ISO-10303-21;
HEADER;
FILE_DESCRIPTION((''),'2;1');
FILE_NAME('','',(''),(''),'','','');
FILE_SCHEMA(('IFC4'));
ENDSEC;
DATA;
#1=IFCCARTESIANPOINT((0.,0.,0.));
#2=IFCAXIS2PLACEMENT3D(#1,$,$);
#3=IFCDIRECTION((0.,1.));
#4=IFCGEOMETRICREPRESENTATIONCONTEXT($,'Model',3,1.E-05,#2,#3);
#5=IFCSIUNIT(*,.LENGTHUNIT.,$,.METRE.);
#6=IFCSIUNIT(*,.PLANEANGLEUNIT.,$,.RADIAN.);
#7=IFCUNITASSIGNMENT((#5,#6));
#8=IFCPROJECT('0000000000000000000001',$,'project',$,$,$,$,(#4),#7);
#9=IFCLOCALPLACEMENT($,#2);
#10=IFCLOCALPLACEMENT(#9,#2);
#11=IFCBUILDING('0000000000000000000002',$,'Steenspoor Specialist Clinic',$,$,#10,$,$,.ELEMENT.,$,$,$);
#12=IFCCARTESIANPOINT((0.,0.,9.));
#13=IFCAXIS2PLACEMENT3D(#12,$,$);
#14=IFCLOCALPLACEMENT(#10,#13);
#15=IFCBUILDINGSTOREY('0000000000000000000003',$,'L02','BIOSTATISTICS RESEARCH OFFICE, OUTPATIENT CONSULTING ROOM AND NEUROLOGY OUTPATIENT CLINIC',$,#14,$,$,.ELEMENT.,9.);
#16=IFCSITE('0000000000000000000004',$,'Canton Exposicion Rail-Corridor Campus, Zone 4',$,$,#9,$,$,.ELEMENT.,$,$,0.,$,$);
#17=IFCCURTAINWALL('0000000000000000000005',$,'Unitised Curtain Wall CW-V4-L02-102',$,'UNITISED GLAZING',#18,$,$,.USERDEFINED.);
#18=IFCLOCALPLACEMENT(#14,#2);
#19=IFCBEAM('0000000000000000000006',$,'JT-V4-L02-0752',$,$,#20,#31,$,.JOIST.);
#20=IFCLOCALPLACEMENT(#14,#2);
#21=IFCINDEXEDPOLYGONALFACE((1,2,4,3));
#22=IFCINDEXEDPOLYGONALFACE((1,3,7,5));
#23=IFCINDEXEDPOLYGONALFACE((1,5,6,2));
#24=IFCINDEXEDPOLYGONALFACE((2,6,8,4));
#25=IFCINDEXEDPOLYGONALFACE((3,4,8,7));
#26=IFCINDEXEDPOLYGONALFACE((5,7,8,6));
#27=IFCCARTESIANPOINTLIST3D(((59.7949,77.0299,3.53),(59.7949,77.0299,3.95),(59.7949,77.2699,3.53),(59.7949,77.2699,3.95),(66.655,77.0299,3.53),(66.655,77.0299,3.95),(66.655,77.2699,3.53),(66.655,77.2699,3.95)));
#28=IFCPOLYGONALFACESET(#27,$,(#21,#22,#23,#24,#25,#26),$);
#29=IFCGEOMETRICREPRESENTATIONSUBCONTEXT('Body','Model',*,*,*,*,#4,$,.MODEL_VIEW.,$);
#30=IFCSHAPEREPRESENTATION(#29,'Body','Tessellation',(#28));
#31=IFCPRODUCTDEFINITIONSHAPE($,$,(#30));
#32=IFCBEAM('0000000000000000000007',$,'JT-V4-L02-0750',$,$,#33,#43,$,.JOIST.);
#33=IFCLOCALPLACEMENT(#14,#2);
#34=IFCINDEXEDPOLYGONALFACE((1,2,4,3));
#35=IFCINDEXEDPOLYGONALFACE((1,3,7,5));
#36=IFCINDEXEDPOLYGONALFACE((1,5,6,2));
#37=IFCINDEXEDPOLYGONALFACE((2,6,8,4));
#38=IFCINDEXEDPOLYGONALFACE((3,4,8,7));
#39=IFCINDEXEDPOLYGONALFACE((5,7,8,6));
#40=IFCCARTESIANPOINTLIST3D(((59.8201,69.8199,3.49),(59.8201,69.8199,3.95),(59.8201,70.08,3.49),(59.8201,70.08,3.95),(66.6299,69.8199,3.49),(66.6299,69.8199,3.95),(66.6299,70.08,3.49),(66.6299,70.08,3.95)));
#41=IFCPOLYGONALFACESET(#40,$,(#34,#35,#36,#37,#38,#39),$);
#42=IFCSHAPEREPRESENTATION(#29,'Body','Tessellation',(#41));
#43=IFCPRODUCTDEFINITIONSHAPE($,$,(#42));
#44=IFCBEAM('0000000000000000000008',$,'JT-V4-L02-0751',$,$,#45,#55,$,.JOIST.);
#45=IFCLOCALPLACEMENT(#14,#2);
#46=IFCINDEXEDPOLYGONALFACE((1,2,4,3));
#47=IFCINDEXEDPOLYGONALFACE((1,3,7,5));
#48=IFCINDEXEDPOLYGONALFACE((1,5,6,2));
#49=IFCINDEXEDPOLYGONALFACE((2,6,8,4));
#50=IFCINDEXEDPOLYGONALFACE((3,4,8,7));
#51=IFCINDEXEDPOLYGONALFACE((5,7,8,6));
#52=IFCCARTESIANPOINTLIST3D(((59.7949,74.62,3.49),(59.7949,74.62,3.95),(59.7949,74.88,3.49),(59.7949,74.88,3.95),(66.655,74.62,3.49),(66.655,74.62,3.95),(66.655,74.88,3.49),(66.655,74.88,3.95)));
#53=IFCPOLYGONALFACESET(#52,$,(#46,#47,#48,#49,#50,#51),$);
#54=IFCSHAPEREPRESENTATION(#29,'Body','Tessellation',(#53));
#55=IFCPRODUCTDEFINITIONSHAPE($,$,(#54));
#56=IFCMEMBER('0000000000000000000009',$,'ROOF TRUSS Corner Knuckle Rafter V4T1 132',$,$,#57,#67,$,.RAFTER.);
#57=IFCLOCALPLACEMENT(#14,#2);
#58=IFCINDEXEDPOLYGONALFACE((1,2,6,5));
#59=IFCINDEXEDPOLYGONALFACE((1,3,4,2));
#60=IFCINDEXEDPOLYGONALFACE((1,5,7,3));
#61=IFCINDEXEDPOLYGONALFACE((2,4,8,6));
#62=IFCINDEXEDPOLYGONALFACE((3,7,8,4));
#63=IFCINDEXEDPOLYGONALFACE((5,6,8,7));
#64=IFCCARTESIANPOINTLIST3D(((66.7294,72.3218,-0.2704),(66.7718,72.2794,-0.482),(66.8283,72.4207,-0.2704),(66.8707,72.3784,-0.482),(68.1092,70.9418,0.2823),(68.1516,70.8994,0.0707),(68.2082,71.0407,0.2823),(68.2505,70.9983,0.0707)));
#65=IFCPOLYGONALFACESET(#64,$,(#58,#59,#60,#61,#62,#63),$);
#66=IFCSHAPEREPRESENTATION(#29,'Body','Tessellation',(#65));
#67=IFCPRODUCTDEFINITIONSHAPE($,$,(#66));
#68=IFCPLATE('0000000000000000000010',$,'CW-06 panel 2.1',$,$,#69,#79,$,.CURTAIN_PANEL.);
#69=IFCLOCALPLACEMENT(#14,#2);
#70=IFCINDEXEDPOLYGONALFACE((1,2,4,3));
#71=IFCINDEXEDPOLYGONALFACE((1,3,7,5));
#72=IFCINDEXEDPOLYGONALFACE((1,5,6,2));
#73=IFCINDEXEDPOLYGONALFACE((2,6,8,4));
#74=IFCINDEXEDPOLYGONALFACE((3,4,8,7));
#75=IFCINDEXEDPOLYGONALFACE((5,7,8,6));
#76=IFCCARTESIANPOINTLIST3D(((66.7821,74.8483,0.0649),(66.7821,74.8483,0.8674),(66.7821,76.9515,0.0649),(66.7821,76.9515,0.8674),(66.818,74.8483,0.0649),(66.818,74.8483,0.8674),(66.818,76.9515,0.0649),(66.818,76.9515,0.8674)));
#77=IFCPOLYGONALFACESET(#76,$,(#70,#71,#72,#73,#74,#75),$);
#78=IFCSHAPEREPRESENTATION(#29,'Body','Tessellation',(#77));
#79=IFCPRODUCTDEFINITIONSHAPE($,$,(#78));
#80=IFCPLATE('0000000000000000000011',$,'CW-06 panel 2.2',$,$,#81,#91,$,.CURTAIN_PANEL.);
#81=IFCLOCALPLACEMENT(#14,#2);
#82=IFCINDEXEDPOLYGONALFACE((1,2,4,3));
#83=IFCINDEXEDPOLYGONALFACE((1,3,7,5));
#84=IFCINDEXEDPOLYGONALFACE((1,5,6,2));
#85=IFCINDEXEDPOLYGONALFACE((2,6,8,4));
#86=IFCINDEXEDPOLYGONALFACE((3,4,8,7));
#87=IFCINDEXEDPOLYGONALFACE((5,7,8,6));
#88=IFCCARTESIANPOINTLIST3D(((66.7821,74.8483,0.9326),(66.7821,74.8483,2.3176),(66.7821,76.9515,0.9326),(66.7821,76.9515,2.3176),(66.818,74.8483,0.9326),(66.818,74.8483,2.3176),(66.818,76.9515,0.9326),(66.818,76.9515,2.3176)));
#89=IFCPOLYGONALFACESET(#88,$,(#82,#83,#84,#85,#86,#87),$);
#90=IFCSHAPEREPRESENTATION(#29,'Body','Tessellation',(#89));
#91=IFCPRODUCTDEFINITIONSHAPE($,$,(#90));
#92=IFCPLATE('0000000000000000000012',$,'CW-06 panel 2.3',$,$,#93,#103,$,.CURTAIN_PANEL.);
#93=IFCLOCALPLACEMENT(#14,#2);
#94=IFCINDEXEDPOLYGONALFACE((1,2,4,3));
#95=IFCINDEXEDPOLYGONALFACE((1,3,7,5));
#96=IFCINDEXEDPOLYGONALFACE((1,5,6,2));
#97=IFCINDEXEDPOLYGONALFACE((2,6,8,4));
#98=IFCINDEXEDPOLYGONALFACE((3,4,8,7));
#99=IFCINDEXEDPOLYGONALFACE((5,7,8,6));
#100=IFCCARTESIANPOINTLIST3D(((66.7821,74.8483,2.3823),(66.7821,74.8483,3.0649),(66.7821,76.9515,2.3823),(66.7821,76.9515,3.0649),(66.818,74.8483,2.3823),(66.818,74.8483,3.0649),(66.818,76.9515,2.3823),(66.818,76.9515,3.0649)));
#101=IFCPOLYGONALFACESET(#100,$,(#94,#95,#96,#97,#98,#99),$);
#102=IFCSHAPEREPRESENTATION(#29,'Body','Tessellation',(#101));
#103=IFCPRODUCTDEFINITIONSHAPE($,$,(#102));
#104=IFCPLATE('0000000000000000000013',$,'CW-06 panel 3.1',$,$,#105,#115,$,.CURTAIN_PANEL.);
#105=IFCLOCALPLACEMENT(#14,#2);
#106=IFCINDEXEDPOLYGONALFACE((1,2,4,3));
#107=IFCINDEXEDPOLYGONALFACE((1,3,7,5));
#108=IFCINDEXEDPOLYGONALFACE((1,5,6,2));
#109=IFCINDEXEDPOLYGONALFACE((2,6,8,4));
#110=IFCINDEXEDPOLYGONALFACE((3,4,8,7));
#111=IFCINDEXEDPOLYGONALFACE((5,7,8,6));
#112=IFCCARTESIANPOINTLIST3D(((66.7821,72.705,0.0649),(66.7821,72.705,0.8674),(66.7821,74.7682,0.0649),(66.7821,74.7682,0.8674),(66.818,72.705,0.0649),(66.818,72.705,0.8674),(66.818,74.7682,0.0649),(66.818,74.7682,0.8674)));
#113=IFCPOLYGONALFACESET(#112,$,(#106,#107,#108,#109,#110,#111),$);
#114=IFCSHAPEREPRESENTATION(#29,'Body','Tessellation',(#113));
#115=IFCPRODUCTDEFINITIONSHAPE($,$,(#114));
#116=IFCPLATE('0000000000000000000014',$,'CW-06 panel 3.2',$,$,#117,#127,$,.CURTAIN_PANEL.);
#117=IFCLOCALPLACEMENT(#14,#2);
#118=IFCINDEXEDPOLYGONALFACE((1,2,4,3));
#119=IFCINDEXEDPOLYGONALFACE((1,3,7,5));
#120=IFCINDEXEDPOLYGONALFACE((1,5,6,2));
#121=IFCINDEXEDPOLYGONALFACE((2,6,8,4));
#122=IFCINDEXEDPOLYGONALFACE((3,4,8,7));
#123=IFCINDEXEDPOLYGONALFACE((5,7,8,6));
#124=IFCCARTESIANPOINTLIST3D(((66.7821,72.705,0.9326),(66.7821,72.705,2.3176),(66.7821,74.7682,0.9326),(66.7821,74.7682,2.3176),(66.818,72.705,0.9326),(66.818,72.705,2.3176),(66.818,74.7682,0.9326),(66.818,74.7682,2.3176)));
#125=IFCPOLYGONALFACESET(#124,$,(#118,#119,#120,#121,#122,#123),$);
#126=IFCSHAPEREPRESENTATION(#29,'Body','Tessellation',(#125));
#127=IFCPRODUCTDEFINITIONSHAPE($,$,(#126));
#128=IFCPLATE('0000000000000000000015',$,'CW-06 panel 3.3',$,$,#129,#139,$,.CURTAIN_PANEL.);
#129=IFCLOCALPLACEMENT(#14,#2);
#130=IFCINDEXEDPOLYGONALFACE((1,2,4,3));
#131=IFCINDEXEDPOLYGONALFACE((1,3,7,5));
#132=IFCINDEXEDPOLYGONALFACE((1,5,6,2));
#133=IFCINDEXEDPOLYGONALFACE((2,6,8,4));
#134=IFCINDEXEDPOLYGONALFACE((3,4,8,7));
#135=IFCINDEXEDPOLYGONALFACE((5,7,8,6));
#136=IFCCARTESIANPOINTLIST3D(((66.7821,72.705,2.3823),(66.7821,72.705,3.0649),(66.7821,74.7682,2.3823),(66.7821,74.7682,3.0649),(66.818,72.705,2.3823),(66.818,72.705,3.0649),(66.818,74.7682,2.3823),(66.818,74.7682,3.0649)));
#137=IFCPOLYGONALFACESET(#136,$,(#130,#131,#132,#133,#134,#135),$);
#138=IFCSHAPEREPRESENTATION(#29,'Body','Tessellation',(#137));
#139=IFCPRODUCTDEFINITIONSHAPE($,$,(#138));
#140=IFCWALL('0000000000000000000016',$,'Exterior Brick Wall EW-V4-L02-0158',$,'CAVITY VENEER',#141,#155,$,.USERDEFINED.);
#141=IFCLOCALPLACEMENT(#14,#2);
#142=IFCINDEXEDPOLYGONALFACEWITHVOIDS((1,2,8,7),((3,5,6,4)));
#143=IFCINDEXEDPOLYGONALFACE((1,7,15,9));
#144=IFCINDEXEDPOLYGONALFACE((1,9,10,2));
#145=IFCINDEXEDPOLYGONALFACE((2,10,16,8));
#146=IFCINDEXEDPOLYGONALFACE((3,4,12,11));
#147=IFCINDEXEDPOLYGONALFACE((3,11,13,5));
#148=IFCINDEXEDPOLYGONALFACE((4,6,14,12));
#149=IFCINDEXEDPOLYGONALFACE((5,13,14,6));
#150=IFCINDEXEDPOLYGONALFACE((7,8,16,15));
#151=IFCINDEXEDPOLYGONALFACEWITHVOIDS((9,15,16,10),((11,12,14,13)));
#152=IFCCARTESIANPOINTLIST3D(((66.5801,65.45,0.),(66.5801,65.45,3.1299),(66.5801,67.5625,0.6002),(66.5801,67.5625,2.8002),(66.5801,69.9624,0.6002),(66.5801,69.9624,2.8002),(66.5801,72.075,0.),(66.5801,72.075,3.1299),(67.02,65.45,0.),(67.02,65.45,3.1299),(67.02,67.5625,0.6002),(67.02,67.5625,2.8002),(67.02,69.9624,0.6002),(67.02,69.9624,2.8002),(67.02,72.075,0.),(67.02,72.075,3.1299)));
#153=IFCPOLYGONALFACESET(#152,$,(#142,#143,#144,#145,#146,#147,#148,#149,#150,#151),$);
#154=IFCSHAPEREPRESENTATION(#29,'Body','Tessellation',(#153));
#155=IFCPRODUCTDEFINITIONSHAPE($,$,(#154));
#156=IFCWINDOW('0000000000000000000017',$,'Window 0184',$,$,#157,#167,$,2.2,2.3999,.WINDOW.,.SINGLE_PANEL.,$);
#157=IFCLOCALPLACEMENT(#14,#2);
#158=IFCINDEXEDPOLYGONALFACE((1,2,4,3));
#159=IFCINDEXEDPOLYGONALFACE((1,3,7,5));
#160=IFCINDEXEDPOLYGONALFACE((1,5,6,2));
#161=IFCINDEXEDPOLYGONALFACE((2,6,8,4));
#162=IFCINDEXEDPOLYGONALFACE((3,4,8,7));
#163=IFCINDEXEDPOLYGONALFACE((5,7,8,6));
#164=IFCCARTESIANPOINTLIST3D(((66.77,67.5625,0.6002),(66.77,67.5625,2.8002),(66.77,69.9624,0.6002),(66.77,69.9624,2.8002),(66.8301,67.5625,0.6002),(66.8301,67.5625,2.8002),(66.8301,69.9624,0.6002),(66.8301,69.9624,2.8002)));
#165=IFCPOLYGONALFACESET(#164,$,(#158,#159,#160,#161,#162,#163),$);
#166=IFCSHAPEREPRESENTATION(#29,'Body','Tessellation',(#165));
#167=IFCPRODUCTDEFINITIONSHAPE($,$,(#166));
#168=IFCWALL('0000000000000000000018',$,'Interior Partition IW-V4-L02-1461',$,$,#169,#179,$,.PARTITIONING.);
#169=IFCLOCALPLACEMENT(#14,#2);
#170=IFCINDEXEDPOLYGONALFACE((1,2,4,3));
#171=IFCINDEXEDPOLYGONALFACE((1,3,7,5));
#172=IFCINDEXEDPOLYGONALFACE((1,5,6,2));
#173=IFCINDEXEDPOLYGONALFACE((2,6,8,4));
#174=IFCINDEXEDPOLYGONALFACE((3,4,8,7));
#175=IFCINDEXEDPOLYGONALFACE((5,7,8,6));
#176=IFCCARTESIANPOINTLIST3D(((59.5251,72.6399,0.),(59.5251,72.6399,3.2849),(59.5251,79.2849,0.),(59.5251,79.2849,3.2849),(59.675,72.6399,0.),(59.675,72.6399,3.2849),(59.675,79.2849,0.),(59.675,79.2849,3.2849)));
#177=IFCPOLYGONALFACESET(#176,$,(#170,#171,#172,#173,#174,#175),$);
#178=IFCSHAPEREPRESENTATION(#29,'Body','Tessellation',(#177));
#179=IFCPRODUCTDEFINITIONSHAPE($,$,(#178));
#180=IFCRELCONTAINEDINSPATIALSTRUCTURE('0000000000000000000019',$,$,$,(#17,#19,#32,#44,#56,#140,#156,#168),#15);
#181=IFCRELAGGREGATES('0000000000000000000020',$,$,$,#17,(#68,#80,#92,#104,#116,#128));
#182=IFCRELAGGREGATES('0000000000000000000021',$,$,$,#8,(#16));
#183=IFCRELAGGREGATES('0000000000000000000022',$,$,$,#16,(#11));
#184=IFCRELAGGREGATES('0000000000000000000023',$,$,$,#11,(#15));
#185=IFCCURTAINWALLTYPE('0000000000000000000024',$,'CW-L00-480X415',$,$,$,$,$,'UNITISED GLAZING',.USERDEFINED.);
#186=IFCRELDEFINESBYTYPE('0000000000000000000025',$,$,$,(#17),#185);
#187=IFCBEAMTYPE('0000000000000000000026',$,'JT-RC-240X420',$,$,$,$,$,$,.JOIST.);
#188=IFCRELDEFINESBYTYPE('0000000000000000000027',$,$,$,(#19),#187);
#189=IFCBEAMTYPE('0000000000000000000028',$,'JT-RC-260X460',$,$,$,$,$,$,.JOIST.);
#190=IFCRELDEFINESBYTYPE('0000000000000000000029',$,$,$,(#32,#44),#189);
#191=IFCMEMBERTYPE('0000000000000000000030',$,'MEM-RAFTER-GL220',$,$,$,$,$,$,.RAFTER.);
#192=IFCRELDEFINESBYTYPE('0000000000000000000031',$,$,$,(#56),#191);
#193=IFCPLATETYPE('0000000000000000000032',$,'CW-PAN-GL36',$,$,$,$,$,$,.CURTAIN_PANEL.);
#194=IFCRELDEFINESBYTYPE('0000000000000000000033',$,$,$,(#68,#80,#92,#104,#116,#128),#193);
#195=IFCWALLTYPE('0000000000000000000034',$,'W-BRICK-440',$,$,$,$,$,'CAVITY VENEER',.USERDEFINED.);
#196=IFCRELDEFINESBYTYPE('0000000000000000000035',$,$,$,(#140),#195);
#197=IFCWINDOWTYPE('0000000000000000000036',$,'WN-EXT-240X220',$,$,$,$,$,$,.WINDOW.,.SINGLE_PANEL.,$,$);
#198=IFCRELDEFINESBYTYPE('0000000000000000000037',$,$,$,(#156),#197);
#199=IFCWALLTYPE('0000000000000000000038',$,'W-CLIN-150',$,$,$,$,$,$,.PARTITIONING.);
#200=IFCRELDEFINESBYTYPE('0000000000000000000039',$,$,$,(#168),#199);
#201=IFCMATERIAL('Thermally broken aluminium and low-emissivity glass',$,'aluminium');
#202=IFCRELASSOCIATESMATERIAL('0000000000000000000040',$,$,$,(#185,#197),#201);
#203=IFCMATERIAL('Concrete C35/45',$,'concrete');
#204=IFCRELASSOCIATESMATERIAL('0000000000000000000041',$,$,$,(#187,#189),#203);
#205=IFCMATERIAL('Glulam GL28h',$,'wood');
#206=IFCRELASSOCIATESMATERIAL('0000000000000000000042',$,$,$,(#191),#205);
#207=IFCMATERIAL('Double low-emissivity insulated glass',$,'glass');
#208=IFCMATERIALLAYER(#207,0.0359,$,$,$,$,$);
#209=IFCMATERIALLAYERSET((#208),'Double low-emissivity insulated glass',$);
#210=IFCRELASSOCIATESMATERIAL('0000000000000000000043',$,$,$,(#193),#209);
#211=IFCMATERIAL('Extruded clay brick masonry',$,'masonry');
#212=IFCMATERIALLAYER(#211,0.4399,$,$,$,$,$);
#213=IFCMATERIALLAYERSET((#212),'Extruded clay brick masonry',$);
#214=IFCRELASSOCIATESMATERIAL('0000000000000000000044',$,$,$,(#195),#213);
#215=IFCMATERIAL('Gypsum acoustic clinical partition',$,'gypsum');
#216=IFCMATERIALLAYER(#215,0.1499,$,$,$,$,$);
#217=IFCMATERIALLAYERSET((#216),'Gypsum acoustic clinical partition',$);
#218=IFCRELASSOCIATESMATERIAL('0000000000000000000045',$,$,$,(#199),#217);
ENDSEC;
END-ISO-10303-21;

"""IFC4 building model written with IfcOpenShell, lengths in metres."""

from ifc_helpers import new_model, si_unit, direction, frame, frame_2d, origin, origin_2d, place, context, subcontext, project, spatial, rectangle, extrude, material, layer, layer_set, material_profile, profile_set, type_object, element, fill, aggregate, save


model = new_model("IFC4")

# Units and contexts
model_context = context("Model", 3, precision=1e-05, world=origin(), true_north=direction((0.0, 1.0)))
body_context = subcontext(model_context, "Body", "Model", "MODEL_VIEW")
ifc_project = project(units=[si_unit("LENGTHUNIT", "METRE"), si_unit("PLANEANGLEUNIT", "RADIAN")], contexts=[model_context])

# Site, building, storey
site_placement = place(None, origin())
site = spatial("IfcSite", under=ifc_project, at=site_placement, Name="Canton Exposicion Rail-Corridor Campus, Zone 4", CompositionType="ELEMENT", RefElevation=0.0)
building_placement = place(site_placement, origin())
building = spatial("IfcBuilding", under=site, at=building_placement, Name="Steenspoor Specialist Clinic", CompositionType="ELEMENT")
storey_placement = place(building_placement, frame((0.0, 0.0, 9.0)))
storey = spatial("IfcBuildingStorey", under=building, at=storey_placement, Name="L02", Description="BIOSTATISTICS RESEARCH OFFICE, OUTPATIENT CONSULTING ROOM AND NEUROLOGY OUTPATIENT CLINIC", CompositionType="ELEMENT", Elevation=9.0)

# Shared definitions
ifc_material_1 = material(Name="Concrete C35/45", Category="concrete")

# Curtain wall
ifc_material_2 = material(Name="Thermally broken aluminium and low-emissivity glass", Category="aluminium")
curtain_wall_type = type_object("IfcCurtainWallType", Name="CW-L00-480X415", ElementType="UNITISED GLAZING", PredefinedType="USERDEFINED", material=ifc_material_2)
curtain_wall_placement = place(storey_placement, origin())
curtain_wall = element("IfcCurtainWall", 1, at=curtain_wall_placement, inside=storey, type_object=curtain_wall_type, Name="Unitised Curtain Wall CW-V4-L02-102", ObjectType="UNITISED GLAZING", PredefinedType="USERDEFINED")

# Beams
ifc_material_profile_1 = material_profile(ifc_material_1, rectangle(XDim=0.24, YDim=0.4199, at=origin_2d()), Name="RC-JT-240X420")
ifc_profile_set_1 = profile_set([ifc_material_profile_1], Name="Concrete C35/45")
beam_type_1 = type_object("IfcBeamType", Name="JT-RC-240X420", PredefinedType="JOIST", material=ifc_profile_set_1)
beam_1_placement = place(storey_placement, frame((59.7949, 77.1499, 3.74), z_axis=(1.0, 0.0, 0.0), x_axis=(0.0, 1.0, 0.0)))
element("IfcBeam", 2, at=beam_1_placement, inside=storey, type_object=beam_type_1, Name="JT-V4-L02-0752", PredefinedType="JOIST", context=body_context, shape_type="SweptSolid", body=[
    extrude(rectangle(XDim=0.24, YDim=0.4199, at=origin_2d()), origin(), (0.0, 0.0, 1.0), 6.8601),
])
ifc_material_profile_2 = material_profile(ifc_material_1, rectangle(XDim=0.26, YDim=0.46, at=origin_2d()), Name="RC-JT-260X460")
ifc_profile_set_2 = profile_set([ifc_material_profile_2], Name="Concrete C35/45")
beam_type_2 = type_object("IfcBeamType", Name="JT-RC-260X460", PredefinedType="JOIST", material=ifc_profile_set_2)
beam_2_placement = place(storey_placement, frame((59.8201, 69.95, 3.72), z_axis=(1.0, 0.0, 0.0), x_axis=(0.0, 1.0, 0.0)))
element("IfcBeam", 3, at=beam_2_placement, inside=storey, type_object=beam_type_2, Name="JT-V4-L02-0750", PredefinedType="JOIST", context=body_context, shape_type="SweptSolid", body=[
    extrude(rectangle(XDim=0.26, YDim=0.46, at=origin_2d()), origin(), (0.0, 0.0, 1.0), 6.8098),
])
beam_3_placement = place(storey_placement, frame((59.7949, 74.75, 3.72), z_axis=(1.0, 0.0, 0.0), x_axis=(0.0, 1.0, 0.0)))
element("IfcBeam", 4, at=beam_3_placement, inside=storey, type_object=beam_type_2, Name="JT-V4-L02-0751", PredefinedType="JOIST", context=body_context, shape_type="SweptSolid", body=[
    extrude(rectangle(XDim=0.26, YDim=0.46, at=origin_2d()), origin(), (0.0, 0.0, 1.0), 6.8601),
])

# Member
ifc_material_3 = material(Name="Glulam GL28h", Category="wood")
ifc_material_profile_3 = material_profile(ifc_material_3, rectangle(XDim=0.1399, YDim=0.22, at=origin_2d()), Name="GL28H-140X220")
ifc_profile_set_3 = profile_set([ifc_material_profile_3], Name="Glulam GL28h")
member_type_1 = type_object("IfcMemberType", Name="MEM-RAFTER-GL220", PredefinedType="RAFTER", material=ifc_profile_set_3)
member_1_placement = place(storey_placement, frame((66.8, 72.3501, -0.3762), z_axis=(0.680287, -0.680407, 0.2725), x_axis=(0.707169, 0.707044, 0.0)))
element("IfcMember", 5, at=member_1_placement, inside=storey, type_object=member_type_1, Name="ROOF TRUSS Corner Knuckle Rafter V4T1 132", PredefinedType="RAFTER", context=body_context, shape_type="SweptSolid", body=[
    extrude(rectangle(XDim=0.1399, YDim=0.22, at=origin_2d()), origin(), (0.0, 0.0, 1.0), 2.0283),
])

# Plates
ifc_material_4 = material(Name="Double low-emissivity insulated glass", Category="glass")
ifc_layer_1 = layer(ifc_material_4, 0.0359)
ifc_layer_set_1 = layer_set([ifc_layer_1], Name="Double low-emissivity insulated glass")
plate_type = type_object("IfcPlateType", Name="CW-PAN-GL36", PredefinedType="CURTAIN_PANEL", material=ifc_layer_set_1)
plate_1_placement = place(storey_placement, frame((66.8, 75.8999, 0.0649), z_axis=(0.0, 0.0, 1.0), x_axis=(0.0, -1.0, 0.0)))
plate_1 = element("IfcPlate", 6, at=plate_1_placement, type_object=plate_type, Name="CW-06 panel 2.1", PredefinedType="CURTAIN_PANEL", context=body_context, shape_type="SweptSolid", body=[
    extrude(rectangle(XDim=2.1033, YDim=0.0359, at=origin_2d()), origin(), (0.0, 0.0, 1.0), 0.8025),
])
plate_2_placement = place(storey_placement, frame((66.8, 75.8999, 0.9326), z_axis=(0.0, 0.0, 1.0), x_axis=(0.0, -1.0, 0.0)))
plate_2 = element("IfcPlate", 7, at=plate_2_placement, type_object=plate_type, Name="CW-06 panel 2.2", PredefinedType="CURTAIN_PANEL", context=body_context, shape_type="SweptSolid", body=[
    extrude(rectangle(XDim=2.1033, YDim=0.0359, at=origin_2d()), origin(), (0.0, 0.0, 1.0), 1.385),
])
plate_3_placement = place(storey_placement, frame((66.8, 75.8999, 2.3823), z_axis=(0.0, 0.0, 1.0), x_axis=(0.0, -1.0, 0.0)))
plate_3 = element("IfcPlate", 8, at=plate_3_placement, type_object=plate_type, Name="CW-06 panel 2.3", PredefinedType="CURTAIN_PANEL", context=body_context, shape_type="SweptSolid", body=[
    extrude(rectangle(XDim=2.1033, YDim=0.0359, at=origin_2d()), origin(), (0.0, 0.0, 1.0), 0.6826),
])
plate_4_placement = place(storey_placement, frame((66.8, 73.7366, 0.0649), z_axis=(0.0, 0.0, 1.0), x_axis=(0.0, -1.0, 0.0)))
plate_4 = element("IfcPlate", 9, at=plate_4_placement, type_object=plate_type, Name="CW-06 panel 3.1", PredefinedType="CURTAIN_PANEL", context=body_context, shape_type="SweptSolid", body=[
    extrude(rectangle(XDim=2.0632, YDim=0.0359, at=origin_2d()), origin(), (0.0, 0.0, 1.0), 0.8025),
])
plate_5_placement = place(storey_placement, frame((66.8, 73.7366, 0.9326), z_axis=(0.0, 0.0, 1.0), x_axis=(0.0, -1.0, 0.0)))
plate_5 = element("IfcPlate", 10, at=plate_5_placement, type_object=plate_type, Name="CW-06 panel 3.2", PredefinedType="CURTAIN_PANEL", context=body_context, shape_type="SweptSolid", body=[
    extrude(rectangle(XDim=2.0632, YDim=0.0359, at=origin_2d()), origin(), (0.0, 0.0, 1.0), 1.385),
])
plate_6_placement = place(storey_placement, frame((66.8, 73.7366, 2.3823), z_axis=(0.0, 0.0, 1.0), x_axis=(0.0, -1.0, 0.0)))
plate_6 = element("IfcPlate", 11, at=plate_6_placement, type_object=plate_type, Name="CW-06 panel 3.3", PredefinedType="CURTAIN_PANEL", context=body_context, shape_type="SweptSolid", body=[
    extrude(rectangle(XDim=2.0632, YDim=0.0359, at=origin_2d()), origin(), (0.0, 0.0, 1.0), 0.6826),
])
aggregate(curtain_wall, [plate_1, plate_2, plate_3, plate_4, plate_5, plate_6])

# Wall, opening, window
ifc_material_5 = material(Name="Extruded clay brick masonry", Category="masonry")
ifc_layer_2 = layer(ifc_material_5, 0.4399)
ifc_layer_set_2 = layer_set([ifc_layer_2], Name="Extruded clay brick masonry")
wall_type_1 = type_object("IfcWallType", Name="W-BRICK-440", ElementType="CAVITY VENEER", PredefinedType="USERDEFINED", material=ifc_layer_set_2)
wall_1_placement = place(storey_placement, frame((66.8, 72.075, 0.0), z_axis=(0.0, 0.0, 1.0), x_axis=(0.0, -1.0, 0.0)))
wall_1 = element("IfcWall", 12, at=wall_1_placement, inside=storey, type_object=wall_type_1, Name="Exterior Brick Wall EW-V4-L02-0158", ObjectType="CAVITY VENEER", PredefinedType="USERDEFINED", context=body_context, shape_type="SweptSolid", body=[
    extrude(rectangle(XDim=6.625, YDim=0.4399, at=frame_2d((3.3125, 0.0))), origin(), (0.0, 0.0, 1.0), 3.1299),
])
opening_placement = place(wall_1_placement, frame((2.1125, 0.0, 0.6001)))
opening = element("IfcOpeningElement", 13, at=opening_placement, cuts=wall_1, PredefinedType="OPENING", context=body_context, shape_type="SweptSolid", body=[
    extrude(rectangle(XDim=2.3999, YDim=2.2, at=frame_2d((1.2, 1.1001))), frame((0.0, 0.23, 0.0), z_axis=(0.0, -1.0, 0.0), x_axis=(1.0, 0.0, 0.0)), (0.0, 0.0, 1.0), 0.46),
])
window_type = type_object("IfcWindowType", Name="WN-EXT-240X220", PartitioningType="SINGLE_PANEL", PredefinedType="WINDOW", material=ifc_material_2)
window_placement = place(opening_placement, origin())
window = element("IfcWindow", 14, at=window_placement, inside=storey, type_object=window_type, Name="Window 0184", OverallHeight=2.2, OverallWidth=2.3999, PartitioningType="SINGLE_PANEL", PredefinedType="WINDOW", context=body_context, shape_type="SweptSolid", body=[
    extrude(rectangle(XDim=2.3999, YDim=2.2, at=frame_2d((1.2, 1.1001))), frame((0.0, 0.03, 0.0), z_axis=(0.0, -1.0, 0.0), x_axis=(1.0, 0.0, 0.0)), (0.0, 0.0, 1.0), 0.0601),
])
fill(opening, window)

# Wall
ifc_material_6 = material(Name="Gypsum acoustic clinical partition", Category="gypsum")
ifc_layer_3 = layer(ifc_material_6, 0.1499)
ifc_layer_set_3 = layer_set([ifc_layer_3], Name="Gypsum acoustic clinical partition")
wall_type_2 = type_object("IfcWallType", Name="W-CLIN-150", PredefinedType="PARTITIONING", material=ifc_layer_set_3)
wall_2_placement = place(storey_placement, frame((59.6001, 72.6399, 0.0), z_axis=(0.0, 0.0, 1.0), x_axis=(0.0, 1.0, 0.0)))
element("IfcWall", 15, at=wall_2_placement, inside=storey, type_object=wall_type_2, Name="Interior Partition IW-V4-L02-1461", PredefinedType="PARTITIONING", context=body_context, shape_type="SweptSolid", body=[
    extrude(rectangle(XDim=6.645, YDim=0.1499, at=frame_2d((3.3225, 0.0))), origin(), (0.0, 0.0, 1.0), 3.2849),
])

save(model, "model.ifc")
